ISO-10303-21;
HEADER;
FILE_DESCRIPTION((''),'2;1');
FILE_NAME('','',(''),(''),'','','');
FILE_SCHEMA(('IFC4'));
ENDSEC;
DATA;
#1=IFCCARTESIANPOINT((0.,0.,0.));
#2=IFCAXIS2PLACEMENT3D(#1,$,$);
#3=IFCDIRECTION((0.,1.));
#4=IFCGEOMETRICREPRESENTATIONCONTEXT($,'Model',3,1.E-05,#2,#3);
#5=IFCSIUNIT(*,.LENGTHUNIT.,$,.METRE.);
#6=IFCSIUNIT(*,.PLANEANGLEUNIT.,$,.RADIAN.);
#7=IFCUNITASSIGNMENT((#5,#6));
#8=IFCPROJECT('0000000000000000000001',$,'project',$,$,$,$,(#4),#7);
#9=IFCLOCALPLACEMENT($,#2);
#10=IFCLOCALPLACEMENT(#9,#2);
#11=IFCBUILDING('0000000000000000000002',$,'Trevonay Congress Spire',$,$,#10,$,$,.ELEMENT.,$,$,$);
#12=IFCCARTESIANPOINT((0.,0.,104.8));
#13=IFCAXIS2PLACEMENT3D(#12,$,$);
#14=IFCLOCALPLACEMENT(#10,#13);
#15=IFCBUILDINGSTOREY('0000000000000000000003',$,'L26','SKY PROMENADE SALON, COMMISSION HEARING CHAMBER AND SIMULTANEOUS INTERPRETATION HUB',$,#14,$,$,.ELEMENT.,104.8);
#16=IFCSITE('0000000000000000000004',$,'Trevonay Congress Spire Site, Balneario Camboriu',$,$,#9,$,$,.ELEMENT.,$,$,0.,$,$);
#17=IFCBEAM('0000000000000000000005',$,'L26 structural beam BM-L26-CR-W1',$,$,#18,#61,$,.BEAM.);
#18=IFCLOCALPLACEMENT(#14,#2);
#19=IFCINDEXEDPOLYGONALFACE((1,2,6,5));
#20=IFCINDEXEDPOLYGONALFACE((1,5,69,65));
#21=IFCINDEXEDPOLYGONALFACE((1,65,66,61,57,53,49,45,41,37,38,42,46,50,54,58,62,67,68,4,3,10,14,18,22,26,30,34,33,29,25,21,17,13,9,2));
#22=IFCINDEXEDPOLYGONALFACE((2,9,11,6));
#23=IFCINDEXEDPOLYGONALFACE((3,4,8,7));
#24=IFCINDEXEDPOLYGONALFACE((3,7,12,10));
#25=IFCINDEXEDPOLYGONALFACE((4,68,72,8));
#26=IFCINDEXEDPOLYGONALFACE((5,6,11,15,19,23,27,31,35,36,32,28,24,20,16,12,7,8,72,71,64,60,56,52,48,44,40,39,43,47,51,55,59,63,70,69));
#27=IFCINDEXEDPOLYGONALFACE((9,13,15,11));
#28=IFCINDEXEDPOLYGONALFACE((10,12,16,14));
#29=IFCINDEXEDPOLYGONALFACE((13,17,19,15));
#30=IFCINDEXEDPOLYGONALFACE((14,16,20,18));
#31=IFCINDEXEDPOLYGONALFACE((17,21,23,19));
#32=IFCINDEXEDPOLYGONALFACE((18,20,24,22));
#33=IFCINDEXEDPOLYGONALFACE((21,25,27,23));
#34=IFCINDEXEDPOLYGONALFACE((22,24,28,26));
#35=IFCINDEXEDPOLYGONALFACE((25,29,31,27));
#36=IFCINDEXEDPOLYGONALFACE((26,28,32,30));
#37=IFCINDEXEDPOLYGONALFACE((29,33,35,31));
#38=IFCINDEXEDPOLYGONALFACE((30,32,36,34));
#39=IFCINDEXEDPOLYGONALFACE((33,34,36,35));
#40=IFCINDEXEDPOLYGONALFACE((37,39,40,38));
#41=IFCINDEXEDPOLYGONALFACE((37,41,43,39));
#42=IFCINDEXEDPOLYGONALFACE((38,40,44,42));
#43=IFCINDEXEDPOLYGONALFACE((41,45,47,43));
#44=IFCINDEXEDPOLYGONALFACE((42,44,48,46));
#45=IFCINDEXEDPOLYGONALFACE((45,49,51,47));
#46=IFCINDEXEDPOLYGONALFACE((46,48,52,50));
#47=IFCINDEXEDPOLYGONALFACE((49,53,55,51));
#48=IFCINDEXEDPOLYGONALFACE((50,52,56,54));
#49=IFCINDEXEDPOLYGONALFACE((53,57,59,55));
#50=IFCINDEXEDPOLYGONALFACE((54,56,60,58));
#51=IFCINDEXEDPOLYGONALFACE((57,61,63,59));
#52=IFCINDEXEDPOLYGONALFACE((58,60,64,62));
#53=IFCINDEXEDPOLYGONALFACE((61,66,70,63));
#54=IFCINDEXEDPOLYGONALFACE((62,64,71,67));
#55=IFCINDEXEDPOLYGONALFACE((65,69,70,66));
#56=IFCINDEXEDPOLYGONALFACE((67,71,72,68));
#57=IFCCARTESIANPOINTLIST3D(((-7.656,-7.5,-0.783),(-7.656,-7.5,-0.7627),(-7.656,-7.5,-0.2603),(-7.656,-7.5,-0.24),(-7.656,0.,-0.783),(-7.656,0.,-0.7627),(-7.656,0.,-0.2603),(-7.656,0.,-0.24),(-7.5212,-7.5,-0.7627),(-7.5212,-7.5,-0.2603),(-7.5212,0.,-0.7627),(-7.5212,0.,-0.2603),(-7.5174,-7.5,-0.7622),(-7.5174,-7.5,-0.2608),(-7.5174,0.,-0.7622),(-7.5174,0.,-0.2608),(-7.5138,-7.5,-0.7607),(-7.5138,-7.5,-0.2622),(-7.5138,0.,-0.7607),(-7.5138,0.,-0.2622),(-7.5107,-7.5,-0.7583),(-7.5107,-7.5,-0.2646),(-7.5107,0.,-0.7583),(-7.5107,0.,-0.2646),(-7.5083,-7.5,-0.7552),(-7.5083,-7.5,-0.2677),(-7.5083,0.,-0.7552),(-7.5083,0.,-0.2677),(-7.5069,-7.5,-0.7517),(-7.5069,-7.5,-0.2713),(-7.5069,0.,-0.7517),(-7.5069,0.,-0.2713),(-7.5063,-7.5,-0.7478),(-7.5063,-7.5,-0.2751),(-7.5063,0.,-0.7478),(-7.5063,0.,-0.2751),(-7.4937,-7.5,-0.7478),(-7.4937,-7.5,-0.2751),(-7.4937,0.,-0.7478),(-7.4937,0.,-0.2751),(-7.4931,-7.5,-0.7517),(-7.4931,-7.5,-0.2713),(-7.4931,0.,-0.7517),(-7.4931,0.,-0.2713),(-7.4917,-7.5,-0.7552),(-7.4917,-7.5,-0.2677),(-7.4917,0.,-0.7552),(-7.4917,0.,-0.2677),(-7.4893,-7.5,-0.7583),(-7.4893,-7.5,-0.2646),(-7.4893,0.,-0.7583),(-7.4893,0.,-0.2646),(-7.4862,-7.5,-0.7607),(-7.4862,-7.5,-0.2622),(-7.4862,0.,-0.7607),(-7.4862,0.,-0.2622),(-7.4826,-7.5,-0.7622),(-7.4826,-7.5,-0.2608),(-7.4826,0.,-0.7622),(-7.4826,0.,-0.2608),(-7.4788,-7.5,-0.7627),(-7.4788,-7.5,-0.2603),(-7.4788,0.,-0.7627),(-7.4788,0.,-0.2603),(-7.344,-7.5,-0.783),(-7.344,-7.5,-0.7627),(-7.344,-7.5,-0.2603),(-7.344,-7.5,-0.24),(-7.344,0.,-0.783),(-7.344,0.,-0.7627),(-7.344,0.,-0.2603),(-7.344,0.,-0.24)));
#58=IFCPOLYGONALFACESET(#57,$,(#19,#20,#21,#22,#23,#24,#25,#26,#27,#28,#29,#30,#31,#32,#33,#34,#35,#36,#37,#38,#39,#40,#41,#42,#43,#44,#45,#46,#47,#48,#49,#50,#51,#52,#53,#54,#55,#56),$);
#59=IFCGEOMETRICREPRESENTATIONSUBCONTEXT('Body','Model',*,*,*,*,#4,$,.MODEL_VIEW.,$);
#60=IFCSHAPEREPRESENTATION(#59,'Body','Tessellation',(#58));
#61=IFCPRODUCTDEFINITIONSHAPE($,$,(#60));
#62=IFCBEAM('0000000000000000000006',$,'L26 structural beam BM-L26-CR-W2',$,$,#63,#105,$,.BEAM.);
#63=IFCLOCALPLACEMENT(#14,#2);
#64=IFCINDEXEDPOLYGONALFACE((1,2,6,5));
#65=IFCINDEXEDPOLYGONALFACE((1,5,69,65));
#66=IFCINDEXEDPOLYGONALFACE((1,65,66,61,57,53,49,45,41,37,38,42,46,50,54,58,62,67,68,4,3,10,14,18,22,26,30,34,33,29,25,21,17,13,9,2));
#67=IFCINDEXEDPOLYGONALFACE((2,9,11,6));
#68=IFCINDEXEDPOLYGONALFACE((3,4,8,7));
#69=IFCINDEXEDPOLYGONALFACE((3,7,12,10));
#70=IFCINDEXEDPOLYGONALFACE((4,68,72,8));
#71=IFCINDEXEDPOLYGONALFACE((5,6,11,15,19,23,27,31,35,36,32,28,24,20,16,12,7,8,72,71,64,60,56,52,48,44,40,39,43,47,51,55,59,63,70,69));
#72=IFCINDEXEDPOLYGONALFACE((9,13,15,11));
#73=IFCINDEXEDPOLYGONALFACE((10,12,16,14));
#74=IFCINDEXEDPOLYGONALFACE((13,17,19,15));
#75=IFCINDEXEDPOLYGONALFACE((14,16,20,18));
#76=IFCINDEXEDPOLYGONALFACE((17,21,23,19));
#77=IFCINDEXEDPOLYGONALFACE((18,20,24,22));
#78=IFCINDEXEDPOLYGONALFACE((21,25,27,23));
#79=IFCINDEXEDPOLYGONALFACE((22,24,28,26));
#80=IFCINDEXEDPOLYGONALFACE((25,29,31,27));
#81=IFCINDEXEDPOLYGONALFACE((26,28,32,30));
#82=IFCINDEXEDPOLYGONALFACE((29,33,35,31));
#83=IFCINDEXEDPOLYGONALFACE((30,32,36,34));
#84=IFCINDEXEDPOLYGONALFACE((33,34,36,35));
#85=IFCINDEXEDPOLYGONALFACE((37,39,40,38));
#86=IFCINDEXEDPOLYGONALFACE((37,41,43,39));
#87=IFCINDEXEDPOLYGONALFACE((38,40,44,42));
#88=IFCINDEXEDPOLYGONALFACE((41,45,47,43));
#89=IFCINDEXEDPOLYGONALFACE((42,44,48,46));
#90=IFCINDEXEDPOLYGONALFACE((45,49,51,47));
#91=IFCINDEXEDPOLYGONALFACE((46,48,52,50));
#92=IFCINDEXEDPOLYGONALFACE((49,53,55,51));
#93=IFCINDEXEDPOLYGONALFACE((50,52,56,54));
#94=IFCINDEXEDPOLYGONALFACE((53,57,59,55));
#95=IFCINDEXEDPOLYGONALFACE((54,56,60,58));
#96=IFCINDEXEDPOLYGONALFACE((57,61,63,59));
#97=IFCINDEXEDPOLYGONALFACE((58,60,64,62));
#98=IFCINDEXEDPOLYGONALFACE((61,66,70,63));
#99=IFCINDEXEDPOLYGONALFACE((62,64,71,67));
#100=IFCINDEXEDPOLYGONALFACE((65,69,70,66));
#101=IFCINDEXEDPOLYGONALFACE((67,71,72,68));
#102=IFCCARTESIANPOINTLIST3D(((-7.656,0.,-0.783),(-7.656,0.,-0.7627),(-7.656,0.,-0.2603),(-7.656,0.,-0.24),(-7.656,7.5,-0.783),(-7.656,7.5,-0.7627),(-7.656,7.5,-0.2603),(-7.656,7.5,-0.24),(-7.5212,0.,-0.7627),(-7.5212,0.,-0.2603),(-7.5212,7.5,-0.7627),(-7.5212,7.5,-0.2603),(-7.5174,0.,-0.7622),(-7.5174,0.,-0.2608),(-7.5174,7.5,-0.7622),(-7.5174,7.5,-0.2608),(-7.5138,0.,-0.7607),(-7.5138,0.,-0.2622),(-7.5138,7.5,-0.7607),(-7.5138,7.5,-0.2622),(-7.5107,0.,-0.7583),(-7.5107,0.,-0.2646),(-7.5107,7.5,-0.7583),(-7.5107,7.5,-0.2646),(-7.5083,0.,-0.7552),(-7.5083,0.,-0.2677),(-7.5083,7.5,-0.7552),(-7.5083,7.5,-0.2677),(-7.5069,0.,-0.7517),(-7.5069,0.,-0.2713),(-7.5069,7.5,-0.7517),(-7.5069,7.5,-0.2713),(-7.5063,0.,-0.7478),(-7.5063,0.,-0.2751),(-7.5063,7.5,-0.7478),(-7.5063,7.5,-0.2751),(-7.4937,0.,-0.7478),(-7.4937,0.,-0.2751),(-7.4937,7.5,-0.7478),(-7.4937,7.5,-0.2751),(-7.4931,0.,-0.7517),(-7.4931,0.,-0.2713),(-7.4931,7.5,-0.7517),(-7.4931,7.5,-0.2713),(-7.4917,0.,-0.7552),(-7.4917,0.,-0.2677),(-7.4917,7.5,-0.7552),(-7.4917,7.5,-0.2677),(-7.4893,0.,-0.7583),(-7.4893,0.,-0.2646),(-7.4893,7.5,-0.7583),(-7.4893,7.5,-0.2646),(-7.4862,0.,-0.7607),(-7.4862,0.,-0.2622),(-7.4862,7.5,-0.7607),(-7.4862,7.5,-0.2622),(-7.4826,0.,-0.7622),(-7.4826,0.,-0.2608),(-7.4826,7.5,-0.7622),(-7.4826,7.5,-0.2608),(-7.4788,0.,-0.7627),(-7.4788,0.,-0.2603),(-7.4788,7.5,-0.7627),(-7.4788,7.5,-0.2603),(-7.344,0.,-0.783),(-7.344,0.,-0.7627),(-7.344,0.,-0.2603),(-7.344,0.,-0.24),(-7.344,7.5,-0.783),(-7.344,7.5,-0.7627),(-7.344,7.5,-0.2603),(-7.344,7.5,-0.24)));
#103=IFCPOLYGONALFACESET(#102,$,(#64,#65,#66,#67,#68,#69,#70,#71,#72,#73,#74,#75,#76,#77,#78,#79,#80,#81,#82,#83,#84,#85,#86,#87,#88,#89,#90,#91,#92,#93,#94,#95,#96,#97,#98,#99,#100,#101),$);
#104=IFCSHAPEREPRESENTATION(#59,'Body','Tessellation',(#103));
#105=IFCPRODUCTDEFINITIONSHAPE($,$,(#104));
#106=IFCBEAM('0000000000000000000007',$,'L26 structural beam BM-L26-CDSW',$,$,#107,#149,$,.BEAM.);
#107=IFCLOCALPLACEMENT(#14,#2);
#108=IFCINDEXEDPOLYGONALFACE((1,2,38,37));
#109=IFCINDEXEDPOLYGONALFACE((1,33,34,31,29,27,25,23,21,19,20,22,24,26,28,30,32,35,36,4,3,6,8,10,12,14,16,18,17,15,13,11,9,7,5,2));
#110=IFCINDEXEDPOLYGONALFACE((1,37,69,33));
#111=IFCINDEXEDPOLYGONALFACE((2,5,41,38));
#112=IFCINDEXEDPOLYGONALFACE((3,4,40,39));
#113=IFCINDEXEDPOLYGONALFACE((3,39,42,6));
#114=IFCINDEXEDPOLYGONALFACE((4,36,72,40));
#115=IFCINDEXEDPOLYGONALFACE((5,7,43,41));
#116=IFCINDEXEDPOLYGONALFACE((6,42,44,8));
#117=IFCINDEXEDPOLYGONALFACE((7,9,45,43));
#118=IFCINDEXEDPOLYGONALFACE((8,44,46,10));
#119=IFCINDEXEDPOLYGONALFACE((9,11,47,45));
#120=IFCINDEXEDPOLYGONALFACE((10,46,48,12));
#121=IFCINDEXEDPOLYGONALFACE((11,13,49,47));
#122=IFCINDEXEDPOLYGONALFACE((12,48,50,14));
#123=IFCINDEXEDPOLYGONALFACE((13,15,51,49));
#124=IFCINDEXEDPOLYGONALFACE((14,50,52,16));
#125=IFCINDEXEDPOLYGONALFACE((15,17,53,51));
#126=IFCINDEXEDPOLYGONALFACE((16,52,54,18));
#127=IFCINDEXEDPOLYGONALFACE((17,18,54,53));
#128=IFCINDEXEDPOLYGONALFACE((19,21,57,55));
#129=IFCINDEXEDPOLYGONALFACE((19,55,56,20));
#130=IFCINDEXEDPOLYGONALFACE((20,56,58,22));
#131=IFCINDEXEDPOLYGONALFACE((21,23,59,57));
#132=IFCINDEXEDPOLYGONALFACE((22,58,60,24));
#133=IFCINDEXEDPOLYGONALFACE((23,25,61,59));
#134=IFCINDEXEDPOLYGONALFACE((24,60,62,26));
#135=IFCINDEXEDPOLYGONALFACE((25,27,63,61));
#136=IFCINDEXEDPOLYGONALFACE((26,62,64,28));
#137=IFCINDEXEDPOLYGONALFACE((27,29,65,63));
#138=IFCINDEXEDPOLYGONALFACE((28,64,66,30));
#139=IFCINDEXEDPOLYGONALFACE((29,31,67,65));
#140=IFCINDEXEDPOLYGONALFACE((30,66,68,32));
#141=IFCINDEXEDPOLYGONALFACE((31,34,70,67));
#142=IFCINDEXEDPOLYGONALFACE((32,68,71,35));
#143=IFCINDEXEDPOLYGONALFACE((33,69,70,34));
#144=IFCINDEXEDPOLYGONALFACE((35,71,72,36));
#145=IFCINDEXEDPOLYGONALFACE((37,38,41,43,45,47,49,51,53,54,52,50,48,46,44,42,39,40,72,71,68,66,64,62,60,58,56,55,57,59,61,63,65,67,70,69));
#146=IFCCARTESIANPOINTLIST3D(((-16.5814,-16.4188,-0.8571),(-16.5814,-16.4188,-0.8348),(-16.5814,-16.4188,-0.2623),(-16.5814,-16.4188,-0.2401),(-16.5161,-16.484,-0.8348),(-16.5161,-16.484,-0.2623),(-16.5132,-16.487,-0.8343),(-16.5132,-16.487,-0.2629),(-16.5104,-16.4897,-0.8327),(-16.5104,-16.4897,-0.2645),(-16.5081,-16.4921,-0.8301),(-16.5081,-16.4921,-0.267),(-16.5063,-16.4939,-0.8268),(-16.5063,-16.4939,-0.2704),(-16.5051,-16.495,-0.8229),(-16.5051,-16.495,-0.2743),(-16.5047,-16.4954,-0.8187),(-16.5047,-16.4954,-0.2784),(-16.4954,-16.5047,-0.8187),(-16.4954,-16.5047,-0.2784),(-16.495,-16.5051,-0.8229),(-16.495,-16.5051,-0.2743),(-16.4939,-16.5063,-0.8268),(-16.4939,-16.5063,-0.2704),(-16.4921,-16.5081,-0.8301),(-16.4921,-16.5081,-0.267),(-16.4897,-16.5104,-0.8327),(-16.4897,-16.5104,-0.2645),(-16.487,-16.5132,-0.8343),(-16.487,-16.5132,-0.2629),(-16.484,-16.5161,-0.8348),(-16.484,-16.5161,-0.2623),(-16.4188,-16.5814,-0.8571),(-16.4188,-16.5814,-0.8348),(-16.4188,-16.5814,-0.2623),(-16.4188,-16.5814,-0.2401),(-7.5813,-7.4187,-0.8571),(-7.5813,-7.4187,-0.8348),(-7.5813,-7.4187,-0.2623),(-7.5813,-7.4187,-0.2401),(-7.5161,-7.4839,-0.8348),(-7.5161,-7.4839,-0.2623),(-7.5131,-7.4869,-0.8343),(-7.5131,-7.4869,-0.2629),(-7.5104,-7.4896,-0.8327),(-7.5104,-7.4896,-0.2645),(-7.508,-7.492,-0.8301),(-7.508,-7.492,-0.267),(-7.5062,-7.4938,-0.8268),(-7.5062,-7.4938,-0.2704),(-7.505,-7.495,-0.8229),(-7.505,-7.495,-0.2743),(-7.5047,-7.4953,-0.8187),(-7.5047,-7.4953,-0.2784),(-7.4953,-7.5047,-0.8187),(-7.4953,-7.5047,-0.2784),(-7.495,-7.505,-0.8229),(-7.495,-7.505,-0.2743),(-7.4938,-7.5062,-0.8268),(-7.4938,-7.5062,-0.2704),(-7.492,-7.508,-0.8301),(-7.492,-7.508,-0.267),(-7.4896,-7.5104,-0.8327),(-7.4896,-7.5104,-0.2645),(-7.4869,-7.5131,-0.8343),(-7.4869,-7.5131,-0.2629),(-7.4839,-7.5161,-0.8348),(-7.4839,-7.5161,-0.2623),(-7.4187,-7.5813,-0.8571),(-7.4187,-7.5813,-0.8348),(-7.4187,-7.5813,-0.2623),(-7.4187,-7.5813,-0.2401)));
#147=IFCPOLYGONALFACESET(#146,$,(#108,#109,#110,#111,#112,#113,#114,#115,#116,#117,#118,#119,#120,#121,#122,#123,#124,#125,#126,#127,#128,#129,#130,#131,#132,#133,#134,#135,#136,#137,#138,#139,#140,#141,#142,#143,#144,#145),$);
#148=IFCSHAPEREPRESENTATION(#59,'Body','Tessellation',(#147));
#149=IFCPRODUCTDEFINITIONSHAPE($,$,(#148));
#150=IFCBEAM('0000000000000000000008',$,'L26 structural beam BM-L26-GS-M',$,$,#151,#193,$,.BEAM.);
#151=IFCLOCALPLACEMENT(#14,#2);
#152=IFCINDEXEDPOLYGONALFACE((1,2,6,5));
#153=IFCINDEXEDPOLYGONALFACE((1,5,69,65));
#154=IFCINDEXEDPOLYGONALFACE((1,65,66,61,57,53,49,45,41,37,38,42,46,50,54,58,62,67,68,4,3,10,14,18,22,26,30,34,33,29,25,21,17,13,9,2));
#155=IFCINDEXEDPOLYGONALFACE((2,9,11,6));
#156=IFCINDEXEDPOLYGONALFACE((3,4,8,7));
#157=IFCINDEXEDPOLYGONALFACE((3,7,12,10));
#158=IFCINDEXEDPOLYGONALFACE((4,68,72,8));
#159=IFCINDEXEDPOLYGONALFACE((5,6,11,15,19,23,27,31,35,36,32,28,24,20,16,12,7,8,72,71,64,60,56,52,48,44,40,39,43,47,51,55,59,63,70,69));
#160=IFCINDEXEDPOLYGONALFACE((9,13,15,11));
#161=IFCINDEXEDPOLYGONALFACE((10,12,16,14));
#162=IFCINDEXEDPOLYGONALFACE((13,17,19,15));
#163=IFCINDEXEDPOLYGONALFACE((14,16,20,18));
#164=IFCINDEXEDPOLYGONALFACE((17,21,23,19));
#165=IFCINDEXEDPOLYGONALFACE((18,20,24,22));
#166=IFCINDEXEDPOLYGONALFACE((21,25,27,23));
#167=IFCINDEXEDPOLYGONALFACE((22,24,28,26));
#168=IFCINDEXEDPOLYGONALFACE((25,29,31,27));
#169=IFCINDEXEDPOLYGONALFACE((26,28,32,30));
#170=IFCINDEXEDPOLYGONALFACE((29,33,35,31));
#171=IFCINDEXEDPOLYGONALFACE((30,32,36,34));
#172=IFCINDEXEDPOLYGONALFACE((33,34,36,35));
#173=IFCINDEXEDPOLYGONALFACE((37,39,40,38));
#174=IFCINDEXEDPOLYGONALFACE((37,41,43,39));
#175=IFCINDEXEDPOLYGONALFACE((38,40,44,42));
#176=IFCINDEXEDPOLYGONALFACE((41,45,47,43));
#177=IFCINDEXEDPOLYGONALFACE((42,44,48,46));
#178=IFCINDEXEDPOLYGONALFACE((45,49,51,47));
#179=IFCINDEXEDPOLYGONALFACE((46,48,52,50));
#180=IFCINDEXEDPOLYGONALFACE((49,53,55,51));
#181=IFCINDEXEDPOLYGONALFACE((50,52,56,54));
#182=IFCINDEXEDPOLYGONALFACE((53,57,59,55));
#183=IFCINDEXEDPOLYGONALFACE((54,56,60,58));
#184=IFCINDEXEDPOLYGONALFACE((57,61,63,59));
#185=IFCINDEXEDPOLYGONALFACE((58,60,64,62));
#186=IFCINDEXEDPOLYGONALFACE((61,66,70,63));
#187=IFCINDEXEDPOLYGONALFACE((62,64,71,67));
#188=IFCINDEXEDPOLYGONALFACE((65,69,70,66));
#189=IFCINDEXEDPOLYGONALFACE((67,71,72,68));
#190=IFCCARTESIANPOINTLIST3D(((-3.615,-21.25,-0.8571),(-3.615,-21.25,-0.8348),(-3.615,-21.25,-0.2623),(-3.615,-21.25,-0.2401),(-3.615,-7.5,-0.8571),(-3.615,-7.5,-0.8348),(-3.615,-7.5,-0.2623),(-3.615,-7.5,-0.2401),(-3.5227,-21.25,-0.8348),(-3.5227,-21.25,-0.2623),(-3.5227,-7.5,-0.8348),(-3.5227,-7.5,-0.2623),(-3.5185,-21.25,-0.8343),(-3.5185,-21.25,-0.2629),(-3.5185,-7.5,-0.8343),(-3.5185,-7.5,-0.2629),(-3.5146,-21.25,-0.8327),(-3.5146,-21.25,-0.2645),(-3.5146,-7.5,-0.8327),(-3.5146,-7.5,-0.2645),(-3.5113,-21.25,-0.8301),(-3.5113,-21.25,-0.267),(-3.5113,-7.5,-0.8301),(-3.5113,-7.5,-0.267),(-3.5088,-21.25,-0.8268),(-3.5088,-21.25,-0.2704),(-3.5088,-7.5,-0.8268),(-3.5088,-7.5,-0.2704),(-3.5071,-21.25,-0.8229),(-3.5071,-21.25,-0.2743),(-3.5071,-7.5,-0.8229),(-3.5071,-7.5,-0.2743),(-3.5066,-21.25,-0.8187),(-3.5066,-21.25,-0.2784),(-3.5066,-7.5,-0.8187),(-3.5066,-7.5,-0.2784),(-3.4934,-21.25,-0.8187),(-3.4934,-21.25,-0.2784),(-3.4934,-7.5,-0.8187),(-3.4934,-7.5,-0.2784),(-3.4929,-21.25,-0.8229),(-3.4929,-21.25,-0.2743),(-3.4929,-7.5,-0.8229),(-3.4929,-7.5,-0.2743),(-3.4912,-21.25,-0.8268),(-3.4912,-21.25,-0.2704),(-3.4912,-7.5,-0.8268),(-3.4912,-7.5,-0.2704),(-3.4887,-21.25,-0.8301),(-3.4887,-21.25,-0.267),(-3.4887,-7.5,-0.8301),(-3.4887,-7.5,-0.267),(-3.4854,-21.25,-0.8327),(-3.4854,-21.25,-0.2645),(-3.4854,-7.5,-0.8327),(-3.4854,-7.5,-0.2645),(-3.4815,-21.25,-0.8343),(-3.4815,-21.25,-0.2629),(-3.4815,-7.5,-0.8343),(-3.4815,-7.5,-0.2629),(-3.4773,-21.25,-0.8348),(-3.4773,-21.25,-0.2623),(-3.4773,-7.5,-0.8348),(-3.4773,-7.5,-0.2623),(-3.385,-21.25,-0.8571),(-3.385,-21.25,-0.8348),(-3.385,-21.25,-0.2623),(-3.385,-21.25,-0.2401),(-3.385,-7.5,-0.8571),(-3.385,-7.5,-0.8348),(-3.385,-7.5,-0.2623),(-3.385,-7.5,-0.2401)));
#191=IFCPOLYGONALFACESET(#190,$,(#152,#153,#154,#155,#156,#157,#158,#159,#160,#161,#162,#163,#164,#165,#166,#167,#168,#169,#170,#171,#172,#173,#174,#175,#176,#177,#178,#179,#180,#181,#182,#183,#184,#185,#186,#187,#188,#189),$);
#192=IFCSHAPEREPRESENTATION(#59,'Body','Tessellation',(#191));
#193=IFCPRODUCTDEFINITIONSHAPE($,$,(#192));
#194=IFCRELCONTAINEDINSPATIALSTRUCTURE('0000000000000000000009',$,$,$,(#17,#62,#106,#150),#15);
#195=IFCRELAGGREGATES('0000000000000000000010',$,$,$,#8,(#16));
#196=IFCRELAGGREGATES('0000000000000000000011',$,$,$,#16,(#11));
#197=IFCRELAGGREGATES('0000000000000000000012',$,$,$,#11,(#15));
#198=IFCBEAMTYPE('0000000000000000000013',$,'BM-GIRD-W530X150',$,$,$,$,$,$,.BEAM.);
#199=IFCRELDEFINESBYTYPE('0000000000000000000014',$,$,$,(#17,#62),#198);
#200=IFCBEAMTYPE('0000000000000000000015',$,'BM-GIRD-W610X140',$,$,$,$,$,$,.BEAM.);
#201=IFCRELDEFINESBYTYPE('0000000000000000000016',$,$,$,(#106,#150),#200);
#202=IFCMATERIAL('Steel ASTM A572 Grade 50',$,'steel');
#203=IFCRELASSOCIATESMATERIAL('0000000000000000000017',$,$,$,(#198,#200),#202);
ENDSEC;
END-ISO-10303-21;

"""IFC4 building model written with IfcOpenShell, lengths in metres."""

from ifc_helpers import new_model, si_unit, direction, frame, origin, origin_2d, place, context, subcontext, project, spatial, i_section, extrude, material, material_profile, profile_set, type_object, element, save


model = new_model("IFC4")

# Units and contexts
model_context = context("Model", 3, precision=1e-05, world=origin(), true_north=direction((0.0, 1.0)))
body_context = subcontext(model_context, "Body", "Model", "MODEL_VIEW")
ifc_project = project(units=[si_unit("LENGTHUNIT", "METRE"), si_unit("PLANEANGLEUNIT", "RADIAN")], contexts=[model_context])

# Site, building, storey
site_placement = place(None, origin())
site = spatial("IfcSite", under=ifc_project, at=site_placement, Name="Trevonay Congress Spire Site, Balneario Camboriu", CompositionType="ELEMENT", RefElevation=0.0)
building_placement = place(site_placement, origin())
building = spatial("IfcBuilding", under=site, at=building_placement, Name="Trevonay Congress Spire", CompositionType="ELEMENT")
storey_placement = place(building_placement, frame((0.0, 0.0, 104.8)))
storey = spatial("IfcBuildingStorey", under=building, at=storey_placement, Name="L26", Description="SKY PROMENADE SALON, COMMISSION HEARING CHAMBER AND SIMULTANEOUS INTERPRETATION HUB", CompositionType="ELEMENT", Elevation=104.8)

# Shared definitions
ifc_material_1 = material(Name="Steel ASTM A572 Grade 50", Category="steel")

# Beams
ifc_material_profile_1 = material_profile(ifc_material_1, i_section(OverallWidth=0.312, OverallDepth=0.543, WebThickness=0.0127, FlangeThickness=0.0203, FilletRadius=0.0149, at=origin_2d()), Name="W530x150")
ifc_profile_set_1 = profile_set([ifc_material_profile_1], Name="Steel ASTM A572 Grade 50")
beam_type_1 = type_object("IfcBeamType", Name="BM-GIRD-W530X150", PredefinedType="BEAM", material=ifc_profile_set_1)
for number, where, z_axis, x_axis, name in (
    (1, (-7.5, -7.5, -0.5115), (0.0, 1.0, 0.0), (-1.0, 0.0, 0.0), "L26 structural beam BM-L26-CR-W1"),
    (2, (-7.5, 0.0, -0.5115), (0.0, 1.0, 0.0), (-1.0, 0.0, 0.0), "L26 structural beam BM-L26-CR-W2"),
):
    element("IfcBeam", number, at=place(storey_placement, frame(where, z_axis=z_axis, x_axis=x_axis)), inside=storey, type_object=beam_type_1, Name=name, PredefinedType="BEAM", context=body_context, shape_type="SweptSolid", body=[
        extrude(i_section(OverallWidth=0.312, OverallDepth=0.543, WebThickness=0.0127, FlangeThickness=0.0203, FilletRadius=0.0149, at=origin_2d()), origin(), (0.0, 0.0, 1.0), 7.5),
    ])
ifc_material_profile_2 = material_profile(ifc_material_1, i_section(OverallWidth=0.23, OverallDepth=0.6169, WebThickness=0.0132, FlangeThickness=0.0222, FilletRadius=0.0161, at=origin_2d()), Name="W610x140")
ifc_profile_set_2 = profile_set([ifc_material_profile_2], Name="Steel ASTM A572 Grade 50")
beam_type_2 = type_object("IfcBeamType", Name="BM-GIRD-W610X140", PredefinedType="BEAM", material=ifc_profile_set_2)
beam_1_placement = place(storey_placement, frame((-7.5, -7.5, -0.5486), z_axis=(-0.707107, -0.707107, 0.0), x_axis=(0.707107, -0.707107, 0.0)))
element("IfcBeam", 3, at=beam_1_placement, inside=storey, type_object=beam_type_2, Name="L26 structural beam BM-L26-CDSW", PredefinedType="BEAM", context=body_context, shape_type="SweptSolid", body=[
    extrude(i_section(OverallWidth=0.23, OverallDepth=0.6169, WebThickness=0.0132, FlangeThickness=0.0222, FilletRadius=0.0161, at=origin_2d()), origin(), (0.0, 0.0, 1.0), 12.728),
])
for number, where, z_axis, x_axis, name in (
    (4, (-3.5, -7.5, -0.5486), (0.0, -1.0, 0.0), (1.0, 0.0, 0.0), "L26 structural beam BM-L26-GS-M"),
):
    element("IfcBeam", number, at=place(storey_placement, frame(where, z_axis=z_axis, x_axis=x_axis)), inside=storey, type_object=beam_type_2, Name=name, PredefinedType="BEAM", context=body_context, shape_type="SweptSolid", body=[
        extrude(i_section(OverallWidth=0.23, OverallDepth=0.6169, WebThickness=0.0132, FlangeThickness=0.0222, FilletRadius=0.0161, at=origin_2d()), origin(), (0.0, 0.0, 1.0), 13.75),
    ])

save(model, "model.ifc")
